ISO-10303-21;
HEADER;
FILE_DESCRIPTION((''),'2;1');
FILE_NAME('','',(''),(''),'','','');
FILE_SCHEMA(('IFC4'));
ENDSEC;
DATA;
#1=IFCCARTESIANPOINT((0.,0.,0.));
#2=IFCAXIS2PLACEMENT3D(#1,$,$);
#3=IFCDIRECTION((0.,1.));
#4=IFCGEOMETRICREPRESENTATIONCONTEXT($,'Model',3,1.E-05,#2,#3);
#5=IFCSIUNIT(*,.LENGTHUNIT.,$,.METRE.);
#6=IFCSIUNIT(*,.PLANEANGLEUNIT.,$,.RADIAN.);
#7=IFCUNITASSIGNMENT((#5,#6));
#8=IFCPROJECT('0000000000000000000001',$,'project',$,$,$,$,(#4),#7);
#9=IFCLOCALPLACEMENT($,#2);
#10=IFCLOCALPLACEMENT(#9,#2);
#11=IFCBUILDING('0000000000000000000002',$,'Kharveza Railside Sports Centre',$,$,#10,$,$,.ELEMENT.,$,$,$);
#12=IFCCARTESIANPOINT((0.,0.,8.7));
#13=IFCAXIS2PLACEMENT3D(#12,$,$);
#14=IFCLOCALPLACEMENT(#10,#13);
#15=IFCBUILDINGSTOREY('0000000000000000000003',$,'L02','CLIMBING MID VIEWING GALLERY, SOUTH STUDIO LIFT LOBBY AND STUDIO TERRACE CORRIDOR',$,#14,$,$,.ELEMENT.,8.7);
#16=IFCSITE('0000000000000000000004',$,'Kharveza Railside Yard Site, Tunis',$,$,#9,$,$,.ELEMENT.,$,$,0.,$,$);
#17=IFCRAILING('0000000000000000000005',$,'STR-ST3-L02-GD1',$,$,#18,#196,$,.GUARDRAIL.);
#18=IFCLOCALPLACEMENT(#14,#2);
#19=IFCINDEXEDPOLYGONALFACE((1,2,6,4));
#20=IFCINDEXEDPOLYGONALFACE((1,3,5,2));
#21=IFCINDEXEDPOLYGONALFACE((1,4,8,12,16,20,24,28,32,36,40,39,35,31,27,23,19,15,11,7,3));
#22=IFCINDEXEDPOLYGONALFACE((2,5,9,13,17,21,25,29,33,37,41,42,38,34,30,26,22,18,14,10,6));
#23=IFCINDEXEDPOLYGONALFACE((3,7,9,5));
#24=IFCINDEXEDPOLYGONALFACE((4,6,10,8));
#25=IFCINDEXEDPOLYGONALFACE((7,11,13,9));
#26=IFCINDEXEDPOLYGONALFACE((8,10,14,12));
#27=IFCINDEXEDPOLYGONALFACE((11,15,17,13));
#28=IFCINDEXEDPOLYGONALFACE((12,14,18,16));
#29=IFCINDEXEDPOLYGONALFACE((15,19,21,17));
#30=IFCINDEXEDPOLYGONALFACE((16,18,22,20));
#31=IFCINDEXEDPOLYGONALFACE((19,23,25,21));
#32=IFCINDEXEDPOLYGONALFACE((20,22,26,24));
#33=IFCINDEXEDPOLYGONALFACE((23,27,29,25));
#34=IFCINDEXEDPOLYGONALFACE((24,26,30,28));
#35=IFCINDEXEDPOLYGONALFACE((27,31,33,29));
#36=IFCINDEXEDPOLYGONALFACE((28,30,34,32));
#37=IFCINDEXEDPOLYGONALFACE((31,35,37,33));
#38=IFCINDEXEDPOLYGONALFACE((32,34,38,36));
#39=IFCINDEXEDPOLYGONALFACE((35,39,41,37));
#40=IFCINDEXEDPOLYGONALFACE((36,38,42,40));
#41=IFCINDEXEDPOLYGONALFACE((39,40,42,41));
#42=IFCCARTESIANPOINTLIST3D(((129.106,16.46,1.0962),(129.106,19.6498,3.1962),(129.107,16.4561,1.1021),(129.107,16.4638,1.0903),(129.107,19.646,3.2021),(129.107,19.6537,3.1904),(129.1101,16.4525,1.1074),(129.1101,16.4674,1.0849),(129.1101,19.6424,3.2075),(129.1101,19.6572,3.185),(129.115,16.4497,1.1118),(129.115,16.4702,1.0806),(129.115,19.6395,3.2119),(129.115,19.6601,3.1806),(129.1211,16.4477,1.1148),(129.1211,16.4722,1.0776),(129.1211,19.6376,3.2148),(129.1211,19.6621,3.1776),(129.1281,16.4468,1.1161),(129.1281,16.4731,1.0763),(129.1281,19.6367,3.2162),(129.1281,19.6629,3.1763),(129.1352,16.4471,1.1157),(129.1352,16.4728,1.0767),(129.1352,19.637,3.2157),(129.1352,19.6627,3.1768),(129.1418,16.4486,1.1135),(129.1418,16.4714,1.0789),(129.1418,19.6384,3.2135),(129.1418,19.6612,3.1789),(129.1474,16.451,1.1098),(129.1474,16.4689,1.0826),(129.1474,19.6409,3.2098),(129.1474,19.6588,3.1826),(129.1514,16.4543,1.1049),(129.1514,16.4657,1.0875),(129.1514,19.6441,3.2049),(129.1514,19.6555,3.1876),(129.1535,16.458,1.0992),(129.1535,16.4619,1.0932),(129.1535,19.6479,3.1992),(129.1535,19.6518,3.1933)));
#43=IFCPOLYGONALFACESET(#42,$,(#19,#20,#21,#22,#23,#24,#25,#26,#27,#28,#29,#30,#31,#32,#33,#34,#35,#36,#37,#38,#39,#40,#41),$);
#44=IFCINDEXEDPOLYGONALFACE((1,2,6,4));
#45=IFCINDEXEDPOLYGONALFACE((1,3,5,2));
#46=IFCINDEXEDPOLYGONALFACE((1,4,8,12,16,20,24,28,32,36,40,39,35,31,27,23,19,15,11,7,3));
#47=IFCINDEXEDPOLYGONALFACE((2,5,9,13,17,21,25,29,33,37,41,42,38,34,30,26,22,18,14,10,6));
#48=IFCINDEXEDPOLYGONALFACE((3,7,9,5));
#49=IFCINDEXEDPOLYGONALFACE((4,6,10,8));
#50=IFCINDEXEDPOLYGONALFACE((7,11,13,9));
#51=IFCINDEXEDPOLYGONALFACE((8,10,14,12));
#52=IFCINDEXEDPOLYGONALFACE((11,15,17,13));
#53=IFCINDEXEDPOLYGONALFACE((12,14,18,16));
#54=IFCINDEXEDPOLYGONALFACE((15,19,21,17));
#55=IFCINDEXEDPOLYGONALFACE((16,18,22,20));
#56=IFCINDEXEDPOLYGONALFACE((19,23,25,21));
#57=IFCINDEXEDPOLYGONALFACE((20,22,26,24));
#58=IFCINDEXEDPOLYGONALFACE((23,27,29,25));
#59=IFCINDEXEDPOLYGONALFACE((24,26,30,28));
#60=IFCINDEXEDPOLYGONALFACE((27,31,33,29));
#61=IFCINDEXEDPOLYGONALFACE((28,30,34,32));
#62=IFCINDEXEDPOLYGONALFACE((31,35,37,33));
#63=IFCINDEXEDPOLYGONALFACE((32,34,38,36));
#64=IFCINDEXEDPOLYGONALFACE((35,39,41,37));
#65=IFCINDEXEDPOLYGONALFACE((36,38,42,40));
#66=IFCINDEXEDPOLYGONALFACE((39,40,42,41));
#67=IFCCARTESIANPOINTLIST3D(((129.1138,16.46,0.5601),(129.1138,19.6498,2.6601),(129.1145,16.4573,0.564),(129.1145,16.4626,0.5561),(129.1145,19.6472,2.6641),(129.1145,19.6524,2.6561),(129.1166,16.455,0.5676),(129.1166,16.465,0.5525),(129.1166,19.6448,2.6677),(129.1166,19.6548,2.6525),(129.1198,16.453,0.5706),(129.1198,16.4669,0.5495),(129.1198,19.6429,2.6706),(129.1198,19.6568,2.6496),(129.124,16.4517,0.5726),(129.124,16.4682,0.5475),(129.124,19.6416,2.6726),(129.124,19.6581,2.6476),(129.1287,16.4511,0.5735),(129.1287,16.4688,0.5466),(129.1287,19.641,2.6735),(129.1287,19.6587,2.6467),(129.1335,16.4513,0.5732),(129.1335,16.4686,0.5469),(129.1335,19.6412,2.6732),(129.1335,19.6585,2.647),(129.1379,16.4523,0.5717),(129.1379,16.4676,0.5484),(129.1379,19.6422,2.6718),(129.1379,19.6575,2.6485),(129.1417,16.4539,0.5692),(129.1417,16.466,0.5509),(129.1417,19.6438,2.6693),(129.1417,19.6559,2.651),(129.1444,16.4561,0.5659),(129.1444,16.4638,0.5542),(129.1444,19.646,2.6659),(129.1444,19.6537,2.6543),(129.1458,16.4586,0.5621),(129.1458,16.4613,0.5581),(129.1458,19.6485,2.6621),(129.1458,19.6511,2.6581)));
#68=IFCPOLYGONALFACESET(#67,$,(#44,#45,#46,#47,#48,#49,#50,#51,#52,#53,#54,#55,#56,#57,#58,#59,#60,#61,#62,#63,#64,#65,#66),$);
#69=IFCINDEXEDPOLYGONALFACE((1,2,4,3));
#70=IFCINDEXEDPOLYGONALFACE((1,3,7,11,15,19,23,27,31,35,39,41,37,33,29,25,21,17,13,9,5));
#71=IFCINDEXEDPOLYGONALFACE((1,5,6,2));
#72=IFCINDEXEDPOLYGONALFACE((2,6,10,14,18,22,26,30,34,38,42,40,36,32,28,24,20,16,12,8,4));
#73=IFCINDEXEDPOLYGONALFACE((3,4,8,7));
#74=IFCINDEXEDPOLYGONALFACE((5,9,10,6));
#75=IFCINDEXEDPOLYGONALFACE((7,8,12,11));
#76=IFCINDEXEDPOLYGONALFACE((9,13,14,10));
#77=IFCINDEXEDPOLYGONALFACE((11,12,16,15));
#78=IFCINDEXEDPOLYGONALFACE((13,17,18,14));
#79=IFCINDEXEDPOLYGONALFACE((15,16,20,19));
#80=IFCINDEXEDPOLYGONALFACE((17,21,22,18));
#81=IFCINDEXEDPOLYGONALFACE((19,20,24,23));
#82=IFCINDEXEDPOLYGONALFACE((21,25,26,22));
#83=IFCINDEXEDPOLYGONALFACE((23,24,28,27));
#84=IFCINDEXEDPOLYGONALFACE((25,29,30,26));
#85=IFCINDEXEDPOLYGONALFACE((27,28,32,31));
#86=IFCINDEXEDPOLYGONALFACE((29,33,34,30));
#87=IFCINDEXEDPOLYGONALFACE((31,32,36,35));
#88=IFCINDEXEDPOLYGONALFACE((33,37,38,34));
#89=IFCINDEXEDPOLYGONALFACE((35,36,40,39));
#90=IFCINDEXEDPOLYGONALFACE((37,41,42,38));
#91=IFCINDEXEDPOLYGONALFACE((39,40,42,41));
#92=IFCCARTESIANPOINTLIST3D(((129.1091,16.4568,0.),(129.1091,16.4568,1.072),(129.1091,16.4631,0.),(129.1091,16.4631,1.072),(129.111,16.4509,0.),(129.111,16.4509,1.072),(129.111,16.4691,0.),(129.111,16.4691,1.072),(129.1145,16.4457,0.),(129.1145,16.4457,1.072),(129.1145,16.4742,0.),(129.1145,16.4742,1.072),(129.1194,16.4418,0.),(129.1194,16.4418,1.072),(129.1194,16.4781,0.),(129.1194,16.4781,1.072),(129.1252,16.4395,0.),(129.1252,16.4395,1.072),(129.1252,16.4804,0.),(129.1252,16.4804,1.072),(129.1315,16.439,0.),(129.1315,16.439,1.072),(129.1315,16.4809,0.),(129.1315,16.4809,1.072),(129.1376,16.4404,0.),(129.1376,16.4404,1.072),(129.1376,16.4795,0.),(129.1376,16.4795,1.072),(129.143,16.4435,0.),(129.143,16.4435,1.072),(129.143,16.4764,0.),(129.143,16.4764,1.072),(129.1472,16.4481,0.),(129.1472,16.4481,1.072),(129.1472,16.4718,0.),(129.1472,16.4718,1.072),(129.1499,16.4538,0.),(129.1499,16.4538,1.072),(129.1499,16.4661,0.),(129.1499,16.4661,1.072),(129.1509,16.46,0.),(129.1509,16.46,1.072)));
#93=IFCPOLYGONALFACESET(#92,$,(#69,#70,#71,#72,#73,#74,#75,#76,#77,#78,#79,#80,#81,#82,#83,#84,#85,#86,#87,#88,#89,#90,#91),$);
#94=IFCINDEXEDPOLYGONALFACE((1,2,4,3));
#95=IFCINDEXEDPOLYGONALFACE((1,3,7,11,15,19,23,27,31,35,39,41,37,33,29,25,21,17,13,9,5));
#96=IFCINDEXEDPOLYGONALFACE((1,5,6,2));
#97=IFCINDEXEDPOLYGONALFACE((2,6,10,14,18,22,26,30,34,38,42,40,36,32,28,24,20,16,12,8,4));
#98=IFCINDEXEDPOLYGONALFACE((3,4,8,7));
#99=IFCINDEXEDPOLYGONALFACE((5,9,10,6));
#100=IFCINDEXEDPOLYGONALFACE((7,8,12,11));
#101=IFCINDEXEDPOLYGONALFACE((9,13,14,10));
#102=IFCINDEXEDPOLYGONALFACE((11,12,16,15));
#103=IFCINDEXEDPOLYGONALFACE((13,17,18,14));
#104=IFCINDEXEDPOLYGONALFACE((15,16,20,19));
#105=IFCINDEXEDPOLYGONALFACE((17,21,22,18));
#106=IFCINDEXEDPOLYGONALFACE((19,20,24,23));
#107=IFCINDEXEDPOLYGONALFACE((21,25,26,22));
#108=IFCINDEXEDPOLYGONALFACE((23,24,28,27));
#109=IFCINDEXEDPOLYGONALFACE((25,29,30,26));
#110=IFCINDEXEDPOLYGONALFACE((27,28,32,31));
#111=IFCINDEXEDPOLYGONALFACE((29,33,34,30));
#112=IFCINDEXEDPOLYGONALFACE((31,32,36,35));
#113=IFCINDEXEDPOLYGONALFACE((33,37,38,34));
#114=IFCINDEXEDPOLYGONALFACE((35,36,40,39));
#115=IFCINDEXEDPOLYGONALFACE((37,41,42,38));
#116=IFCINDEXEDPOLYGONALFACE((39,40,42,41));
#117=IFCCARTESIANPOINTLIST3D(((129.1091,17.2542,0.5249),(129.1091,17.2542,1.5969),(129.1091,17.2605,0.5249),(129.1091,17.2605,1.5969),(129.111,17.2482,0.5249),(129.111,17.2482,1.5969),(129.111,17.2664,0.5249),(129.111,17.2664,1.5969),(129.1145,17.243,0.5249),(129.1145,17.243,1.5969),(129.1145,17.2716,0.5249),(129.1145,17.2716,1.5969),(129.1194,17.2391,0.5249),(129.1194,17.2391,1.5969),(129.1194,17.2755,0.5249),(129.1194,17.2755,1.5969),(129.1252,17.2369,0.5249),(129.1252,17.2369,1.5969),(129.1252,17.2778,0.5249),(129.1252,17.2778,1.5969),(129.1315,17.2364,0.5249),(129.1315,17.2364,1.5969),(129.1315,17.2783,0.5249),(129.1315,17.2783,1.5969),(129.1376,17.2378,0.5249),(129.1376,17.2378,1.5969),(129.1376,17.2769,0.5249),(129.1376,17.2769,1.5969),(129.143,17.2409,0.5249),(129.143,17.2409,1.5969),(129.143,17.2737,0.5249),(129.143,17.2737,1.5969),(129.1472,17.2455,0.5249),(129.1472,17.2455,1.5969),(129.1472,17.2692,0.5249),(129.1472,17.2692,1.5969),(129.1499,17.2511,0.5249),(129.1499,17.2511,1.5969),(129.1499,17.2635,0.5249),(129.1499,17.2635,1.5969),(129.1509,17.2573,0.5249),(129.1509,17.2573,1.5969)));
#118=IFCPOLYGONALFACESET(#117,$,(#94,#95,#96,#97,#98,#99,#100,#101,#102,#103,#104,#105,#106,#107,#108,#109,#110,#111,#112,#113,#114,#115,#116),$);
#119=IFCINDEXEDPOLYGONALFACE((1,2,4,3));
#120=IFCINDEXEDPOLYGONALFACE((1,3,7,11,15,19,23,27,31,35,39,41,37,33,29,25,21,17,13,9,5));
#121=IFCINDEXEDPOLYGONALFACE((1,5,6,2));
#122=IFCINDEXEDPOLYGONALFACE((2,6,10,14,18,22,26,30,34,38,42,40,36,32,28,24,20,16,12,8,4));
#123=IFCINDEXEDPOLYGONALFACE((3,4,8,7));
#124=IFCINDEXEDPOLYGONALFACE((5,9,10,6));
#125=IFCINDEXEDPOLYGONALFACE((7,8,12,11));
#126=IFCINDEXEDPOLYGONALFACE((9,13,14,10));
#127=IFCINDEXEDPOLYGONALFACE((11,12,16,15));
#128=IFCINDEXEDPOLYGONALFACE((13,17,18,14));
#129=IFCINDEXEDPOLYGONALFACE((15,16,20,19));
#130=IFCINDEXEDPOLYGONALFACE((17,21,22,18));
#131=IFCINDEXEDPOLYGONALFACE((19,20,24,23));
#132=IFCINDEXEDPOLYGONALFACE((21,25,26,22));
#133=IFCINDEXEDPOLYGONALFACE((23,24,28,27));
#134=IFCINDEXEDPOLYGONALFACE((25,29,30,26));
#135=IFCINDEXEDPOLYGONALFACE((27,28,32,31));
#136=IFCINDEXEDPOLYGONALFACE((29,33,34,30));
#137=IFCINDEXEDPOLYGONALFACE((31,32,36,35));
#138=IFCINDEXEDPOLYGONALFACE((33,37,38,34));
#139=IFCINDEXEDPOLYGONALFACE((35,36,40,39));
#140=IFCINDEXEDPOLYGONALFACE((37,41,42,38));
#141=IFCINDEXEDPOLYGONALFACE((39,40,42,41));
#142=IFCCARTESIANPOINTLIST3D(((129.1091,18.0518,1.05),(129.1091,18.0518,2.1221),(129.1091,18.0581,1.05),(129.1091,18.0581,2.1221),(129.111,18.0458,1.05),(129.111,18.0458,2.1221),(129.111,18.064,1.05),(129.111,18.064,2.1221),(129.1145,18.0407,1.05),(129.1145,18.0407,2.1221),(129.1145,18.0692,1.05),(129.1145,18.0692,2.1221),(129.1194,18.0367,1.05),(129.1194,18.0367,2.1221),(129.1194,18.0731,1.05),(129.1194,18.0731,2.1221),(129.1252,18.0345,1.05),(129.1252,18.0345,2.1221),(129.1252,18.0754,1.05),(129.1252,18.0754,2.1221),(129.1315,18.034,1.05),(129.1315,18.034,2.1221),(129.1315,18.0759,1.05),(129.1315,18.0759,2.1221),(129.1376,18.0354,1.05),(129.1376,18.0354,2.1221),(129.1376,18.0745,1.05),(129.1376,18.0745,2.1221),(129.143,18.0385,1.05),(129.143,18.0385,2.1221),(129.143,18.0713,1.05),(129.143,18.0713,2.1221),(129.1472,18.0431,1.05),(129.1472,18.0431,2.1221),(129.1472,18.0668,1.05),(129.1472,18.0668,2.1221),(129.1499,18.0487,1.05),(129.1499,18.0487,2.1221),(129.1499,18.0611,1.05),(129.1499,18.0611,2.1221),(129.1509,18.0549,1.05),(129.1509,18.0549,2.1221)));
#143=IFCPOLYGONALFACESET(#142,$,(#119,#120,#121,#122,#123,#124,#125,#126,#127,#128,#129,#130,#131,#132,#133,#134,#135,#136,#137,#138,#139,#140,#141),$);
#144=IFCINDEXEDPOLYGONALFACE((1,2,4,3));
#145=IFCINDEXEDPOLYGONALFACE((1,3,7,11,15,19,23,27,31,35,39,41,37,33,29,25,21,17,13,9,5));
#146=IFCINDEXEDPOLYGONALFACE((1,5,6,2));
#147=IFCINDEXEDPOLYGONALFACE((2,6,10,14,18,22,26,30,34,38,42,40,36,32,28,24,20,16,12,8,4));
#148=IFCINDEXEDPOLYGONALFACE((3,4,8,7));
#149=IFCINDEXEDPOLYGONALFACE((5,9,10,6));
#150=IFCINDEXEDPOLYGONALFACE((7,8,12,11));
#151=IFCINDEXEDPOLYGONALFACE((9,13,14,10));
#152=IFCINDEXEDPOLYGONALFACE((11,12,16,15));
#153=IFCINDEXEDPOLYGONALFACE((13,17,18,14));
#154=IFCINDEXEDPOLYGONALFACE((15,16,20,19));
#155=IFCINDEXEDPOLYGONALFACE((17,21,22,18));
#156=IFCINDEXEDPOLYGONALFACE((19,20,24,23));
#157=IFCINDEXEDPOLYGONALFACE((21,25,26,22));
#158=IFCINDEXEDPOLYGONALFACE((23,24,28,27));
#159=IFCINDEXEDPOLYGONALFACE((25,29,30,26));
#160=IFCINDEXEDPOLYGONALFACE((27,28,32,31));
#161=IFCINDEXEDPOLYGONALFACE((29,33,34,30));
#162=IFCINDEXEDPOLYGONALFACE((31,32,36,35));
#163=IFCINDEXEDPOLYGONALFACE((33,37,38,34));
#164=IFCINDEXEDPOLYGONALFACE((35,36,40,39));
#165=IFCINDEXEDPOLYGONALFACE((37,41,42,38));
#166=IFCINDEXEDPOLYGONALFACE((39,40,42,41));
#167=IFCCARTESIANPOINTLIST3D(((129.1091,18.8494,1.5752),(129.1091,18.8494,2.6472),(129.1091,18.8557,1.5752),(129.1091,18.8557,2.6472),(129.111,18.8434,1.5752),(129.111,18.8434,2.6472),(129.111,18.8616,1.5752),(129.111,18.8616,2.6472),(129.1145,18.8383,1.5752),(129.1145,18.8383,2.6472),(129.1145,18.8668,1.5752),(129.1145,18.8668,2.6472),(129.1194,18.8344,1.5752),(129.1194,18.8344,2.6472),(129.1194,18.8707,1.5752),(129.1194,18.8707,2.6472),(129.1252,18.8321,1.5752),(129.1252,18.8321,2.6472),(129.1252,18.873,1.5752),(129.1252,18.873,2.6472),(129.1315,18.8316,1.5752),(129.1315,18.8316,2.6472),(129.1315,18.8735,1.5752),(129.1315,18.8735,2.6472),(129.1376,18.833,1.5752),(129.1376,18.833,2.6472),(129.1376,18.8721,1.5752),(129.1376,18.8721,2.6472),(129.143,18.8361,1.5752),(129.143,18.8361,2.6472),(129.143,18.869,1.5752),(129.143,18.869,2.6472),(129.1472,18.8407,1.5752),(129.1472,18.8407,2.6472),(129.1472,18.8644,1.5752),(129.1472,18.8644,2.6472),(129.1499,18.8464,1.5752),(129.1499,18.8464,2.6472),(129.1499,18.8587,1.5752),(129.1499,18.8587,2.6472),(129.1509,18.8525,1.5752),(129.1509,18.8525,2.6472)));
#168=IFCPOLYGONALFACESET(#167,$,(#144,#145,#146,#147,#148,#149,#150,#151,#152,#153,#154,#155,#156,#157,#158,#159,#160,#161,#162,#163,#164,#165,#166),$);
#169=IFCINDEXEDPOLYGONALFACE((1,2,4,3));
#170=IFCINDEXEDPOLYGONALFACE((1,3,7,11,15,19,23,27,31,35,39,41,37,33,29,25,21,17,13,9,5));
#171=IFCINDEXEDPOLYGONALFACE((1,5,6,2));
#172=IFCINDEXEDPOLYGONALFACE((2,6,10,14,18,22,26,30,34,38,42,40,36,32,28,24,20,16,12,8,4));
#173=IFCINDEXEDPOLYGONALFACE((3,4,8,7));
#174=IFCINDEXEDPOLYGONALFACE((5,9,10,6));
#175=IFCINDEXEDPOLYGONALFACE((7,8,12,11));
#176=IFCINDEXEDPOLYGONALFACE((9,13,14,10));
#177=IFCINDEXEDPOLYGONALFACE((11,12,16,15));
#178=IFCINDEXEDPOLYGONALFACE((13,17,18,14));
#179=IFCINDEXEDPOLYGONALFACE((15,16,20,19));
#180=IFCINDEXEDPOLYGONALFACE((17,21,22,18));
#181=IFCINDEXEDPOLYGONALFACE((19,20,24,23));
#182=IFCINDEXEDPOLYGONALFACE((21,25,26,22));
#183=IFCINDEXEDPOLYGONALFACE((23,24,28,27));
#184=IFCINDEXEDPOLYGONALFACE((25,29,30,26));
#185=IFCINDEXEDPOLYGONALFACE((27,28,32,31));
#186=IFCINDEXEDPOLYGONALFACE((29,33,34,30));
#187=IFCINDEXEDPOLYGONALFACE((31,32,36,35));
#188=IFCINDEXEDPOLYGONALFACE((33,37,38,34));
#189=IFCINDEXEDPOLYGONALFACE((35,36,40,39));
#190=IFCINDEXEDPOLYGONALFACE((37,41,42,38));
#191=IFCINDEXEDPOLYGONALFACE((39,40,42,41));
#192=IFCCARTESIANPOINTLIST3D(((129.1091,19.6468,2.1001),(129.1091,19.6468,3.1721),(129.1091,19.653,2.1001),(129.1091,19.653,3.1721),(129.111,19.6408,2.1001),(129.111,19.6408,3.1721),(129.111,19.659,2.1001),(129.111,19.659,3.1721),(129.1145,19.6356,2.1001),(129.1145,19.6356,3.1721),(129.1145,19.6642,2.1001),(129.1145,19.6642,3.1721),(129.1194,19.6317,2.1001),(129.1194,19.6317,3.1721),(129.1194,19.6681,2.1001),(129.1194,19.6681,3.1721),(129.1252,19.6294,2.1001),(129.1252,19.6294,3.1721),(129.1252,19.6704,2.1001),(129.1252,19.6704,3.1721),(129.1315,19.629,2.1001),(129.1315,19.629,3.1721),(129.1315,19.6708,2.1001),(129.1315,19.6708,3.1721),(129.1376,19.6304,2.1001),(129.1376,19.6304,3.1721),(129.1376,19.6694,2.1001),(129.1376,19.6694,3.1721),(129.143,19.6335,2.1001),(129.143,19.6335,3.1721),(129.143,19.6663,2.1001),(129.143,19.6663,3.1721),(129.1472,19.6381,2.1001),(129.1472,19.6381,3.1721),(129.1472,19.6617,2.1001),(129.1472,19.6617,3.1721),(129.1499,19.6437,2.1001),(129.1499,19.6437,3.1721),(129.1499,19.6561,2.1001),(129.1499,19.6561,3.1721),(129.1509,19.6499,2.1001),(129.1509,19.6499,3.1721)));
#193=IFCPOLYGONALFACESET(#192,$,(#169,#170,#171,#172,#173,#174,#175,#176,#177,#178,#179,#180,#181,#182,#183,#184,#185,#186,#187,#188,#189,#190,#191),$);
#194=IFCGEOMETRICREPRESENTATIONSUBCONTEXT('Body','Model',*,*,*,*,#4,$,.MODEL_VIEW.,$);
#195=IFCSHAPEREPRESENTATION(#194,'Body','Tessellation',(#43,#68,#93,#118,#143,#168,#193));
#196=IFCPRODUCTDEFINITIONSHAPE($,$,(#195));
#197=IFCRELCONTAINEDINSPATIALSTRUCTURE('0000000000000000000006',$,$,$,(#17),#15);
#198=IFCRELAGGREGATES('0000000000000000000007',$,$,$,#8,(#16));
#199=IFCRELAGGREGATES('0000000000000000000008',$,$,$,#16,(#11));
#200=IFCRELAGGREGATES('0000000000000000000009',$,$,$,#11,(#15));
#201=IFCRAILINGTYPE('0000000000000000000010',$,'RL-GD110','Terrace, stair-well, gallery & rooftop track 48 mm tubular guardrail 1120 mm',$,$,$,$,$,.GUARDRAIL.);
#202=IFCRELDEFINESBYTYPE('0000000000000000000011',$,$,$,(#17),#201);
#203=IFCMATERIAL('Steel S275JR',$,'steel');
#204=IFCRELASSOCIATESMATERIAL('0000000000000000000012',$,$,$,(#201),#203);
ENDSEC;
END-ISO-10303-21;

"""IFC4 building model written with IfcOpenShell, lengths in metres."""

from ifc_helpers import new_model, si_unit, direction, frame, origin, origin_2d, place, context, subcontext, project, spatial, circle, extrude, material, type_object, element, save


model = new_model("IFC4")

# Units and contexts
model_context = context("Model", 3, precision=1e-05, world=origin(), true_north=direction((0.0, 1.0)))
body_context = subcontext(model_context, "Body", "Model", "MODEL_VIEW")
ifc_project = project(units=[si_unit("LENGTHUNIT", "METRE"), si_unit("PLANEANGLEUNIT", "RADIAN")], contexts=[model_context])

# Site, building, storey
site_placement = place(None, origin())
site = spatial("IfcSite", under=ifc_project, at=site_placement, Name="Kharveza Railside Yard Site, Tunis", CompositionType="ELEMENT", RefElevation=0.0)
building_placement = place(site_placement, origin())
building = spatial("IfcBuilding", under=site, at=building_placement, Name="Kharveza Railside Sports Centre", CompositionType="ELEMENT")
storey_placement = place(building_placement, frame((0.0, 0.0, 8.7)))
storey = spatial("IfcBuildingStorey", under=building, at=storey_placement, Name="L02", Description="CLIMBING MID VIEWING GALLERY, SOUTH STUDIO LIFT LOBBY AND STUDIO TERRACE CORRIDOR", CompositionType="ELEMENT", Elevation=8.7)

# Railing
ifc_material_1 = material(Name="Steel S275JR", Category="steel")
railing_type_1 = type_object("IfcRailingType", Name="RL-GD110", Description="Terrace, stair-well, gallery & rooftop track 48 mm tubular guardrail 1120 mm", PredefinedType="GUARDRAIL", material=ifc_material_1)
railing_1_placement = place(storey_placement, frame((129.1299, 16.46, 0.0)))
element("IfcRailing", 1, at=railing_1_placement, inside=storey, type_object=railing_type_1, Name="STR-ST3-L02-GD1", PredefinedType="GUARDRAIL", context=body_context, shape_type="SweptSolid", body=[
    extrude(circle(Radius=0.0239, at=origin_2d()), frame((0.0, 0.0, 1.0962), z_axis=(0.0, 0.835242, 0.549882), x_axis=(-1.0, 0.0, 0.0)), (0.0, 0.0, 1.0), 3.8191),
    extrude(circle(Radius=0.0161, at=origin_2d()), frame((0.0, 0.0, 0.5601), z_axis=(0.0, 0.835242, 0.549882), x_axis=(-1.0, 0.0, 0.0)), (0.0, 0.0, 1.0), 3.8191),
    extrude(circle(Radius=0.021, at=origin_2d()), origin(), (0.0, 0.0, 1.0), 1.072),
    extrude(circle(Radius=0.021, at=origin_2d()), frame((0.0, 0.7974, 0.5249)), (0.0, 0.0, 1.0), 1.072),
    extrude(circle(Radius=0.021, at=origin_2d()), frame((0.0, 1.595, 1.05)), (0.0, 0.0, 1.0), 1.072),
    extrude(circle(Radius=0.021, at=origin_2d()), frame((0.0, 2.3926, 1.5752)), (0.0, 0.0, 1.0), 1.072),
    extrude(circle(Radius=0.021, at=origin_2d()), frame((0.0, 3.1899, 2.1001)), (0.0, 0.0, 1.0), 1.072),
])

save(model, "model.ifc")
